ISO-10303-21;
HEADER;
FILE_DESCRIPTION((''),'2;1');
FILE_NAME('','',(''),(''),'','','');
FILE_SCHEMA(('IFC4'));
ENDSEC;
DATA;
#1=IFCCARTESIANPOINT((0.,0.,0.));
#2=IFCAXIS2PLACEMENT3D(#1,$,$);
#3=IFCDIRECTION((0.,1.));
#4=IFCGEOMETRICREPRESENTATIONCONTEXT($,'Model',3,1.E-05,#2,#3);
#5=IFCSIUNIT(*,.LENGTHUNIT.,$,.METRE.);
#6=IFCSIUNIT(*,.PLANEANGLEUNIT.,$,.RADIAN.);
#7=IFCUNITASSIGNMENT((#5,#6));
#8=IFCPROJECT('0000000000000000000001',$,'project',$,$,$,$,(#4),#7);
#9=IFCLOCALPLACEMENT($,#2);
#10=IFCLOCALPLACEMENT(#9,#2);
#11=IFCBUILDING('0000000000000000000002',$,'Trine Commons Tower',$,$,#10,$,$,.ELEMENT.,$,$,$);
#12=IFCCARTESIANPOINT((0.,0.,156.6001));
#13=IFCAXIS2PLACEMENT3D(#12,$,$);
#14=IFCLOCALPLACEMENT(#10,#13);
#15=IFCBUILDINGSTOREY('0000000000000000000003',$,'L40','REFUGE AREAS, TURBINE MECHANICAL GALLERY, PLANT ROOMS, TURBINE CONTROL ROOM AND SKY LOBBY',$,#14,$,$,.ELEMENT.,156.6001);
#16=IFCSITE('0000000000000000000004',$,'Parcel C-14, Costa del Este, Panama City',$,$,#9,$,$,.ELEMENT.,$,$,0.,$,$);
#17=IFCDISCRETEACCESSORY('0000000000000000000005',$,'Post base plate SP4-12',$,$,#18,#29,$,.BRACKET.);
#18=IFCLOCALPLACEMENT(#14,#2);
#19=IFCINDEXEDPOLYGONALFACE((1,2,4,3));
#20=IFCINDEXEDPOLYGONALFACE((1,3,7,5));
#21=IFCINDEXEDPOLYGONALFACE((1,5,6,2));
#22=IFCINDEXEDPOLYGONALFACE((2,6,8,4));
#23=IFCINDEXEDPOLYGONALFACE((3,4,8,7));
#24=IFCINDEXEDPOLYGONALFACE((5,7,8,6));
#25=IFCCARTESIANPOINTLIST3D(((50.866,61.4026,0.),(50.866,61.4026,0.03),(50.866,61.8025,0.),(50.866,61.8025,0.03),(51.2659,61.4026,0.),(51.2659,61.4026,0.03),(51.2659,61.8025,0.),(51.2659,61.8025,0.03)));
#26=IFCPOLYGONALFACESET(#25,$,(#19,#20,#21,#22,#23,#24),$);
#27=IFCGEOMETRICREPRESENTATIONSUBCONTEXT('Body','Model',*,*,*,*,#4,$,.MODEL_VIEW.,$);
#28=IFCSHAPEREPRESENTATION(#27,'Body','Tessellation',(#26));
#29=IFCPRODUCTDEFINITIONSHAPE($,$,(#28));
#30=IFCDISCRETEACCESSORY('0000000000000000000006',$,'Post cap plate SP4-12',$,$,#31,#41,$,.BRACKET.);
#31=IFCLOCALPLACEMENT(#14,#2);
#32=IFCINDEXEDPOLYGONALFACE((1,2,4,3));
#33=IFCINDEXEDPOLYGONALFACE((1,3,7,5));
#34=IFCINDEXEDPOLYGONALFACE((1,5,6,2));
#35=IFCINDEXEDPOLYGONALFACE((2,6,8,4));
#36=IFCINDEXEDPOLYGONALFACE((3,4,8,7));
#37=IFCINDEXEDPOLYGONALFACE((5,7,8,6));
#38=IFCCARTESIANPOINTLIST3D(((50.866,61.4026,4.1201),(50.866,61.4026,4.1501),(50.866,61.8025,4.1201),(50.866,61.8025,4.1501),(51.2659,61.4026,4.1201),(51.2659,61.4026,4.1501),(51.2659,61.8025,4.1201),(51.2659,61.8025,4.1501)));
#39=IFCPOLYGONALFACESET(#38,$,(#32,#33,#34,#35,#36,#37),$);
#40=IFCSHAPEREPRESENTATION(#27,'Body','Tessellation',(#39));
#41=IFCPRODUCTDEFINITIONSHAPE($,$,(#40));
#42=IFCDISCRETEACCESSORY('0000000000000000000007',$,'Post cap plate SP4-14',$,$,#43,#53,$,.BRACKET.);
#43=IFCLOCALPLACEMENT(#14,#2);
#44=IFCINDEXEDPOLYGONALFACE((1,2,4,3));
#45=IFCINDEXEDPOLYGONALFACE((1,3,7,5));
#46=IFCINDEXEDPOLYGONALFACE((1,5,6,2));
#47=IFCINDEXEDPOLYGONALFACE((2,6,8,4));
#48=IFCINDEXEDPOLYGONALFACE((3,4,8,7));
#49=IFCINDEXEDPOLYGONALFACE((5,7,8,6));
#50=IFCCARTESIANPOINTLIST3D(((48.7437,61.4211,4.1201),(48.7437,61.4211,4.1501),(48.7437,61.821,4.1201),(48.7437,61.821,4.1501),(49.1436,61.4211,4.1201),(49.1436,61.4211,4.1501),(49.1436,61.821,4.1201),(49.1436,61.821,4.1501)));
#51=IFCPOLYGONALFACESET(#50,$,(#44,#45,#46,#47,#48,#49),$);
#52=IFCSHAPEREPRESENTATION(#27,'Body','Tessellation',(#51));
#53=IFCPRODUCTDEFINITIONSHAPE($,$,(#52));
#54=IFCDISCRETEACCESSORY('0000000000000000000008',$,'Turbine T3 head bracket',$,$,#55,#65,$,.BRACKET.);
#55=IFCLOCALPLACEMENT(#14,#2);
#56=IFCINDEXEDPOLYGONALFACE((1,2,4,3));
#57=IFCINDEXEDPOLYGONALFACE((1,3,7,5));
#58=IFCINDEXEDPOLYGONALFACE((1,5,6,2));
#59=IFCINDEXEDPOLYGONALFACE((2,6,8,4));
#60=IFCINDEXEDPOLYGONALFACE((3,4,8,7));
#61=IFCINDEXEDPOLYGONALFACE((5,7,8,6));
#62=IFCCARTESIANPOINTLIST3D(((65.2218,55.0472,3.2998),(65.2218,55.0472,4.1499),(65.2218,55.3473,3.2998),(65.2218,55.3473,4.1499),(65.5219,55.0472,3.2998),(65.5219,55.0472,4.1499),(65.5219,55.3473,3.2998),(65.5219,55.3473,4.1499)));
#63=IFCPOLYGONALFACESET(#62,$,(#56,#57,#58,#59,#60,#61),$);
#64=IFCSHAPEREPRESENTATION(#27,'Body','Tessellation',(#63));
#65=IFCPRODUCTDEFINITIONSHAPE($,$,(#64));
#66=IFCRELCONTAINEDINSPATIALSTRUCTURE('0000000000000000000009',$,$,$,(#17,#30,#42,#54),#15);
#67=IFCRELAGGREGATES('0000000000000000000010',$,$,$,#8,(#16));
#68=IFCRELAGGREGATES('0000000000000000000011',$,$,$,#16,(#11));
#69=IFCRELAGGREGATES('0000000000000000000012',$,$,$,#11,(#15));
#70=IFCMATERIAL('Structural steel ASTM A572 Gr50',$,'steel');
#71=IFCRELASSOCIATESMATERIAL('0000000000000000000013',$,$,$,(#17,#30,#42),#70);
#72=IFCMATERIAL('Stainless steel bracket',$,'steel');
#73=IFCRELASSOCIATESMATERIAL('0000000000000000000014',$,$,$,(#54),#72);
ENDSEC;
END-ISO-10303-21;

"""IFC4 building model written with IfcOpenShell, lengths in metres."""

from ifc_helpers import new_model, si_unit, direction, frame, origin, origin_2d, place, context, subcontext, project, spatial, rectangle, extrude, material, element, save


model = new_model("IFC4")

# Units and contexts
model_context = context("Model", 3, precision=1e-05, world=origin(), true_north=direction((0.0, 1.0)))
body_context = subcontext(model_context, "Body", "Model", "MODEL_VIEW")
ifc_project = project(units=[si_unit("LENGTHUNIT", "METRE"), si_unit("PLANEANGLEUNIT", "RADIAN")], contexts=[model_context])

# Site, building, storey
site_placement = place(None, origin())
site = spatial("IfcSite", under=ifc_project, at=site_placement, Name="Parcel C-14, Costa del Este, Panama City", CompositionType="ELEMENT", RefElevation=0.0)
building_placement = place(site_placement, origin())
building = spatial("IfcBuilding", under=site, at=building_placement, Name="Trine Commons Tower", CompositionType="ELEMENT")
storey_placement = place(building_placement, frame((0.0, 0.0, 156.6001)))
storey = spatial("IfcBuildingStorey", under=building, at=storey_placement, Name="L40", Description="REFUGE AREAS, TURBINE MECHANICAL GALLERY, PLANT ROOMS, TURBINE CONTROL ROOM AND SKY LOBBY", CompositionType="ELEMENT", Elevation=156.6001)

# Discrete accessories
ifc_material_1 = material(Name="Structural steel ASTM A572 Gr50", Category="steel")
for number, where, z_axis, x_axis, name in (
    (1, (51.0659, 61.6025, 0.0), (0.0, 0.0, 1.0), (1.0, 0.0, 0.0), "Post base plate SP4-12"),
    (2, (51.0659, 61.6025, 4.1201), (0.0, 0.0, 1.0), (1.0, 0.0, 0.0), "Post cap plate SP4-12"),
    (3, (48.9436, 61.6211, 4.1201), (0.0, 0.0, 1.0), (1.0, 0.0, 0.0), "Post cap plate SP4-14"),
):
    element("IfcDiscreteAccessory", number, at=place(storey_placement, frame(where, z_axis=z_axis, x_axis=x_axis)), inside=storey, material=ifc_material_1, Name=name, PredefinedType="BRACKET", context=body_context, shape_type="SweptSolid", body=[
        extrude(rectangle(XDim=0.3999, YDim=0.3999, at=origin_2d()), origin(), (0.0, 0.0, 1.0), 0.03),
    ])
ifc_material_2 = material(Name="Stainless steel bracket", Category="steel")
discrete_accessory_placement = place(storey_placement, frame((65.3718, 55.1973, 3.2998), z_axis=(0.0, 0.0, 1.0), x_axis=(1.0, 0.0, 0.0)))
element("IfcDiscreteAccessory", 4, at=discrete_accessory_placement, inside=storey, material=ifc_material_2, Name="Turbine T3 head bracket", PredefinedType="BRACKET", context=body_context, shape_type="SweptSolid", body=[
    extrude(rectangle(XDim=0.3, YDim=0.3, at=origin_2d()), origin(), (0.0, 0.0, 1.0), 0.8501),
])

save(model, "model.ifc")
